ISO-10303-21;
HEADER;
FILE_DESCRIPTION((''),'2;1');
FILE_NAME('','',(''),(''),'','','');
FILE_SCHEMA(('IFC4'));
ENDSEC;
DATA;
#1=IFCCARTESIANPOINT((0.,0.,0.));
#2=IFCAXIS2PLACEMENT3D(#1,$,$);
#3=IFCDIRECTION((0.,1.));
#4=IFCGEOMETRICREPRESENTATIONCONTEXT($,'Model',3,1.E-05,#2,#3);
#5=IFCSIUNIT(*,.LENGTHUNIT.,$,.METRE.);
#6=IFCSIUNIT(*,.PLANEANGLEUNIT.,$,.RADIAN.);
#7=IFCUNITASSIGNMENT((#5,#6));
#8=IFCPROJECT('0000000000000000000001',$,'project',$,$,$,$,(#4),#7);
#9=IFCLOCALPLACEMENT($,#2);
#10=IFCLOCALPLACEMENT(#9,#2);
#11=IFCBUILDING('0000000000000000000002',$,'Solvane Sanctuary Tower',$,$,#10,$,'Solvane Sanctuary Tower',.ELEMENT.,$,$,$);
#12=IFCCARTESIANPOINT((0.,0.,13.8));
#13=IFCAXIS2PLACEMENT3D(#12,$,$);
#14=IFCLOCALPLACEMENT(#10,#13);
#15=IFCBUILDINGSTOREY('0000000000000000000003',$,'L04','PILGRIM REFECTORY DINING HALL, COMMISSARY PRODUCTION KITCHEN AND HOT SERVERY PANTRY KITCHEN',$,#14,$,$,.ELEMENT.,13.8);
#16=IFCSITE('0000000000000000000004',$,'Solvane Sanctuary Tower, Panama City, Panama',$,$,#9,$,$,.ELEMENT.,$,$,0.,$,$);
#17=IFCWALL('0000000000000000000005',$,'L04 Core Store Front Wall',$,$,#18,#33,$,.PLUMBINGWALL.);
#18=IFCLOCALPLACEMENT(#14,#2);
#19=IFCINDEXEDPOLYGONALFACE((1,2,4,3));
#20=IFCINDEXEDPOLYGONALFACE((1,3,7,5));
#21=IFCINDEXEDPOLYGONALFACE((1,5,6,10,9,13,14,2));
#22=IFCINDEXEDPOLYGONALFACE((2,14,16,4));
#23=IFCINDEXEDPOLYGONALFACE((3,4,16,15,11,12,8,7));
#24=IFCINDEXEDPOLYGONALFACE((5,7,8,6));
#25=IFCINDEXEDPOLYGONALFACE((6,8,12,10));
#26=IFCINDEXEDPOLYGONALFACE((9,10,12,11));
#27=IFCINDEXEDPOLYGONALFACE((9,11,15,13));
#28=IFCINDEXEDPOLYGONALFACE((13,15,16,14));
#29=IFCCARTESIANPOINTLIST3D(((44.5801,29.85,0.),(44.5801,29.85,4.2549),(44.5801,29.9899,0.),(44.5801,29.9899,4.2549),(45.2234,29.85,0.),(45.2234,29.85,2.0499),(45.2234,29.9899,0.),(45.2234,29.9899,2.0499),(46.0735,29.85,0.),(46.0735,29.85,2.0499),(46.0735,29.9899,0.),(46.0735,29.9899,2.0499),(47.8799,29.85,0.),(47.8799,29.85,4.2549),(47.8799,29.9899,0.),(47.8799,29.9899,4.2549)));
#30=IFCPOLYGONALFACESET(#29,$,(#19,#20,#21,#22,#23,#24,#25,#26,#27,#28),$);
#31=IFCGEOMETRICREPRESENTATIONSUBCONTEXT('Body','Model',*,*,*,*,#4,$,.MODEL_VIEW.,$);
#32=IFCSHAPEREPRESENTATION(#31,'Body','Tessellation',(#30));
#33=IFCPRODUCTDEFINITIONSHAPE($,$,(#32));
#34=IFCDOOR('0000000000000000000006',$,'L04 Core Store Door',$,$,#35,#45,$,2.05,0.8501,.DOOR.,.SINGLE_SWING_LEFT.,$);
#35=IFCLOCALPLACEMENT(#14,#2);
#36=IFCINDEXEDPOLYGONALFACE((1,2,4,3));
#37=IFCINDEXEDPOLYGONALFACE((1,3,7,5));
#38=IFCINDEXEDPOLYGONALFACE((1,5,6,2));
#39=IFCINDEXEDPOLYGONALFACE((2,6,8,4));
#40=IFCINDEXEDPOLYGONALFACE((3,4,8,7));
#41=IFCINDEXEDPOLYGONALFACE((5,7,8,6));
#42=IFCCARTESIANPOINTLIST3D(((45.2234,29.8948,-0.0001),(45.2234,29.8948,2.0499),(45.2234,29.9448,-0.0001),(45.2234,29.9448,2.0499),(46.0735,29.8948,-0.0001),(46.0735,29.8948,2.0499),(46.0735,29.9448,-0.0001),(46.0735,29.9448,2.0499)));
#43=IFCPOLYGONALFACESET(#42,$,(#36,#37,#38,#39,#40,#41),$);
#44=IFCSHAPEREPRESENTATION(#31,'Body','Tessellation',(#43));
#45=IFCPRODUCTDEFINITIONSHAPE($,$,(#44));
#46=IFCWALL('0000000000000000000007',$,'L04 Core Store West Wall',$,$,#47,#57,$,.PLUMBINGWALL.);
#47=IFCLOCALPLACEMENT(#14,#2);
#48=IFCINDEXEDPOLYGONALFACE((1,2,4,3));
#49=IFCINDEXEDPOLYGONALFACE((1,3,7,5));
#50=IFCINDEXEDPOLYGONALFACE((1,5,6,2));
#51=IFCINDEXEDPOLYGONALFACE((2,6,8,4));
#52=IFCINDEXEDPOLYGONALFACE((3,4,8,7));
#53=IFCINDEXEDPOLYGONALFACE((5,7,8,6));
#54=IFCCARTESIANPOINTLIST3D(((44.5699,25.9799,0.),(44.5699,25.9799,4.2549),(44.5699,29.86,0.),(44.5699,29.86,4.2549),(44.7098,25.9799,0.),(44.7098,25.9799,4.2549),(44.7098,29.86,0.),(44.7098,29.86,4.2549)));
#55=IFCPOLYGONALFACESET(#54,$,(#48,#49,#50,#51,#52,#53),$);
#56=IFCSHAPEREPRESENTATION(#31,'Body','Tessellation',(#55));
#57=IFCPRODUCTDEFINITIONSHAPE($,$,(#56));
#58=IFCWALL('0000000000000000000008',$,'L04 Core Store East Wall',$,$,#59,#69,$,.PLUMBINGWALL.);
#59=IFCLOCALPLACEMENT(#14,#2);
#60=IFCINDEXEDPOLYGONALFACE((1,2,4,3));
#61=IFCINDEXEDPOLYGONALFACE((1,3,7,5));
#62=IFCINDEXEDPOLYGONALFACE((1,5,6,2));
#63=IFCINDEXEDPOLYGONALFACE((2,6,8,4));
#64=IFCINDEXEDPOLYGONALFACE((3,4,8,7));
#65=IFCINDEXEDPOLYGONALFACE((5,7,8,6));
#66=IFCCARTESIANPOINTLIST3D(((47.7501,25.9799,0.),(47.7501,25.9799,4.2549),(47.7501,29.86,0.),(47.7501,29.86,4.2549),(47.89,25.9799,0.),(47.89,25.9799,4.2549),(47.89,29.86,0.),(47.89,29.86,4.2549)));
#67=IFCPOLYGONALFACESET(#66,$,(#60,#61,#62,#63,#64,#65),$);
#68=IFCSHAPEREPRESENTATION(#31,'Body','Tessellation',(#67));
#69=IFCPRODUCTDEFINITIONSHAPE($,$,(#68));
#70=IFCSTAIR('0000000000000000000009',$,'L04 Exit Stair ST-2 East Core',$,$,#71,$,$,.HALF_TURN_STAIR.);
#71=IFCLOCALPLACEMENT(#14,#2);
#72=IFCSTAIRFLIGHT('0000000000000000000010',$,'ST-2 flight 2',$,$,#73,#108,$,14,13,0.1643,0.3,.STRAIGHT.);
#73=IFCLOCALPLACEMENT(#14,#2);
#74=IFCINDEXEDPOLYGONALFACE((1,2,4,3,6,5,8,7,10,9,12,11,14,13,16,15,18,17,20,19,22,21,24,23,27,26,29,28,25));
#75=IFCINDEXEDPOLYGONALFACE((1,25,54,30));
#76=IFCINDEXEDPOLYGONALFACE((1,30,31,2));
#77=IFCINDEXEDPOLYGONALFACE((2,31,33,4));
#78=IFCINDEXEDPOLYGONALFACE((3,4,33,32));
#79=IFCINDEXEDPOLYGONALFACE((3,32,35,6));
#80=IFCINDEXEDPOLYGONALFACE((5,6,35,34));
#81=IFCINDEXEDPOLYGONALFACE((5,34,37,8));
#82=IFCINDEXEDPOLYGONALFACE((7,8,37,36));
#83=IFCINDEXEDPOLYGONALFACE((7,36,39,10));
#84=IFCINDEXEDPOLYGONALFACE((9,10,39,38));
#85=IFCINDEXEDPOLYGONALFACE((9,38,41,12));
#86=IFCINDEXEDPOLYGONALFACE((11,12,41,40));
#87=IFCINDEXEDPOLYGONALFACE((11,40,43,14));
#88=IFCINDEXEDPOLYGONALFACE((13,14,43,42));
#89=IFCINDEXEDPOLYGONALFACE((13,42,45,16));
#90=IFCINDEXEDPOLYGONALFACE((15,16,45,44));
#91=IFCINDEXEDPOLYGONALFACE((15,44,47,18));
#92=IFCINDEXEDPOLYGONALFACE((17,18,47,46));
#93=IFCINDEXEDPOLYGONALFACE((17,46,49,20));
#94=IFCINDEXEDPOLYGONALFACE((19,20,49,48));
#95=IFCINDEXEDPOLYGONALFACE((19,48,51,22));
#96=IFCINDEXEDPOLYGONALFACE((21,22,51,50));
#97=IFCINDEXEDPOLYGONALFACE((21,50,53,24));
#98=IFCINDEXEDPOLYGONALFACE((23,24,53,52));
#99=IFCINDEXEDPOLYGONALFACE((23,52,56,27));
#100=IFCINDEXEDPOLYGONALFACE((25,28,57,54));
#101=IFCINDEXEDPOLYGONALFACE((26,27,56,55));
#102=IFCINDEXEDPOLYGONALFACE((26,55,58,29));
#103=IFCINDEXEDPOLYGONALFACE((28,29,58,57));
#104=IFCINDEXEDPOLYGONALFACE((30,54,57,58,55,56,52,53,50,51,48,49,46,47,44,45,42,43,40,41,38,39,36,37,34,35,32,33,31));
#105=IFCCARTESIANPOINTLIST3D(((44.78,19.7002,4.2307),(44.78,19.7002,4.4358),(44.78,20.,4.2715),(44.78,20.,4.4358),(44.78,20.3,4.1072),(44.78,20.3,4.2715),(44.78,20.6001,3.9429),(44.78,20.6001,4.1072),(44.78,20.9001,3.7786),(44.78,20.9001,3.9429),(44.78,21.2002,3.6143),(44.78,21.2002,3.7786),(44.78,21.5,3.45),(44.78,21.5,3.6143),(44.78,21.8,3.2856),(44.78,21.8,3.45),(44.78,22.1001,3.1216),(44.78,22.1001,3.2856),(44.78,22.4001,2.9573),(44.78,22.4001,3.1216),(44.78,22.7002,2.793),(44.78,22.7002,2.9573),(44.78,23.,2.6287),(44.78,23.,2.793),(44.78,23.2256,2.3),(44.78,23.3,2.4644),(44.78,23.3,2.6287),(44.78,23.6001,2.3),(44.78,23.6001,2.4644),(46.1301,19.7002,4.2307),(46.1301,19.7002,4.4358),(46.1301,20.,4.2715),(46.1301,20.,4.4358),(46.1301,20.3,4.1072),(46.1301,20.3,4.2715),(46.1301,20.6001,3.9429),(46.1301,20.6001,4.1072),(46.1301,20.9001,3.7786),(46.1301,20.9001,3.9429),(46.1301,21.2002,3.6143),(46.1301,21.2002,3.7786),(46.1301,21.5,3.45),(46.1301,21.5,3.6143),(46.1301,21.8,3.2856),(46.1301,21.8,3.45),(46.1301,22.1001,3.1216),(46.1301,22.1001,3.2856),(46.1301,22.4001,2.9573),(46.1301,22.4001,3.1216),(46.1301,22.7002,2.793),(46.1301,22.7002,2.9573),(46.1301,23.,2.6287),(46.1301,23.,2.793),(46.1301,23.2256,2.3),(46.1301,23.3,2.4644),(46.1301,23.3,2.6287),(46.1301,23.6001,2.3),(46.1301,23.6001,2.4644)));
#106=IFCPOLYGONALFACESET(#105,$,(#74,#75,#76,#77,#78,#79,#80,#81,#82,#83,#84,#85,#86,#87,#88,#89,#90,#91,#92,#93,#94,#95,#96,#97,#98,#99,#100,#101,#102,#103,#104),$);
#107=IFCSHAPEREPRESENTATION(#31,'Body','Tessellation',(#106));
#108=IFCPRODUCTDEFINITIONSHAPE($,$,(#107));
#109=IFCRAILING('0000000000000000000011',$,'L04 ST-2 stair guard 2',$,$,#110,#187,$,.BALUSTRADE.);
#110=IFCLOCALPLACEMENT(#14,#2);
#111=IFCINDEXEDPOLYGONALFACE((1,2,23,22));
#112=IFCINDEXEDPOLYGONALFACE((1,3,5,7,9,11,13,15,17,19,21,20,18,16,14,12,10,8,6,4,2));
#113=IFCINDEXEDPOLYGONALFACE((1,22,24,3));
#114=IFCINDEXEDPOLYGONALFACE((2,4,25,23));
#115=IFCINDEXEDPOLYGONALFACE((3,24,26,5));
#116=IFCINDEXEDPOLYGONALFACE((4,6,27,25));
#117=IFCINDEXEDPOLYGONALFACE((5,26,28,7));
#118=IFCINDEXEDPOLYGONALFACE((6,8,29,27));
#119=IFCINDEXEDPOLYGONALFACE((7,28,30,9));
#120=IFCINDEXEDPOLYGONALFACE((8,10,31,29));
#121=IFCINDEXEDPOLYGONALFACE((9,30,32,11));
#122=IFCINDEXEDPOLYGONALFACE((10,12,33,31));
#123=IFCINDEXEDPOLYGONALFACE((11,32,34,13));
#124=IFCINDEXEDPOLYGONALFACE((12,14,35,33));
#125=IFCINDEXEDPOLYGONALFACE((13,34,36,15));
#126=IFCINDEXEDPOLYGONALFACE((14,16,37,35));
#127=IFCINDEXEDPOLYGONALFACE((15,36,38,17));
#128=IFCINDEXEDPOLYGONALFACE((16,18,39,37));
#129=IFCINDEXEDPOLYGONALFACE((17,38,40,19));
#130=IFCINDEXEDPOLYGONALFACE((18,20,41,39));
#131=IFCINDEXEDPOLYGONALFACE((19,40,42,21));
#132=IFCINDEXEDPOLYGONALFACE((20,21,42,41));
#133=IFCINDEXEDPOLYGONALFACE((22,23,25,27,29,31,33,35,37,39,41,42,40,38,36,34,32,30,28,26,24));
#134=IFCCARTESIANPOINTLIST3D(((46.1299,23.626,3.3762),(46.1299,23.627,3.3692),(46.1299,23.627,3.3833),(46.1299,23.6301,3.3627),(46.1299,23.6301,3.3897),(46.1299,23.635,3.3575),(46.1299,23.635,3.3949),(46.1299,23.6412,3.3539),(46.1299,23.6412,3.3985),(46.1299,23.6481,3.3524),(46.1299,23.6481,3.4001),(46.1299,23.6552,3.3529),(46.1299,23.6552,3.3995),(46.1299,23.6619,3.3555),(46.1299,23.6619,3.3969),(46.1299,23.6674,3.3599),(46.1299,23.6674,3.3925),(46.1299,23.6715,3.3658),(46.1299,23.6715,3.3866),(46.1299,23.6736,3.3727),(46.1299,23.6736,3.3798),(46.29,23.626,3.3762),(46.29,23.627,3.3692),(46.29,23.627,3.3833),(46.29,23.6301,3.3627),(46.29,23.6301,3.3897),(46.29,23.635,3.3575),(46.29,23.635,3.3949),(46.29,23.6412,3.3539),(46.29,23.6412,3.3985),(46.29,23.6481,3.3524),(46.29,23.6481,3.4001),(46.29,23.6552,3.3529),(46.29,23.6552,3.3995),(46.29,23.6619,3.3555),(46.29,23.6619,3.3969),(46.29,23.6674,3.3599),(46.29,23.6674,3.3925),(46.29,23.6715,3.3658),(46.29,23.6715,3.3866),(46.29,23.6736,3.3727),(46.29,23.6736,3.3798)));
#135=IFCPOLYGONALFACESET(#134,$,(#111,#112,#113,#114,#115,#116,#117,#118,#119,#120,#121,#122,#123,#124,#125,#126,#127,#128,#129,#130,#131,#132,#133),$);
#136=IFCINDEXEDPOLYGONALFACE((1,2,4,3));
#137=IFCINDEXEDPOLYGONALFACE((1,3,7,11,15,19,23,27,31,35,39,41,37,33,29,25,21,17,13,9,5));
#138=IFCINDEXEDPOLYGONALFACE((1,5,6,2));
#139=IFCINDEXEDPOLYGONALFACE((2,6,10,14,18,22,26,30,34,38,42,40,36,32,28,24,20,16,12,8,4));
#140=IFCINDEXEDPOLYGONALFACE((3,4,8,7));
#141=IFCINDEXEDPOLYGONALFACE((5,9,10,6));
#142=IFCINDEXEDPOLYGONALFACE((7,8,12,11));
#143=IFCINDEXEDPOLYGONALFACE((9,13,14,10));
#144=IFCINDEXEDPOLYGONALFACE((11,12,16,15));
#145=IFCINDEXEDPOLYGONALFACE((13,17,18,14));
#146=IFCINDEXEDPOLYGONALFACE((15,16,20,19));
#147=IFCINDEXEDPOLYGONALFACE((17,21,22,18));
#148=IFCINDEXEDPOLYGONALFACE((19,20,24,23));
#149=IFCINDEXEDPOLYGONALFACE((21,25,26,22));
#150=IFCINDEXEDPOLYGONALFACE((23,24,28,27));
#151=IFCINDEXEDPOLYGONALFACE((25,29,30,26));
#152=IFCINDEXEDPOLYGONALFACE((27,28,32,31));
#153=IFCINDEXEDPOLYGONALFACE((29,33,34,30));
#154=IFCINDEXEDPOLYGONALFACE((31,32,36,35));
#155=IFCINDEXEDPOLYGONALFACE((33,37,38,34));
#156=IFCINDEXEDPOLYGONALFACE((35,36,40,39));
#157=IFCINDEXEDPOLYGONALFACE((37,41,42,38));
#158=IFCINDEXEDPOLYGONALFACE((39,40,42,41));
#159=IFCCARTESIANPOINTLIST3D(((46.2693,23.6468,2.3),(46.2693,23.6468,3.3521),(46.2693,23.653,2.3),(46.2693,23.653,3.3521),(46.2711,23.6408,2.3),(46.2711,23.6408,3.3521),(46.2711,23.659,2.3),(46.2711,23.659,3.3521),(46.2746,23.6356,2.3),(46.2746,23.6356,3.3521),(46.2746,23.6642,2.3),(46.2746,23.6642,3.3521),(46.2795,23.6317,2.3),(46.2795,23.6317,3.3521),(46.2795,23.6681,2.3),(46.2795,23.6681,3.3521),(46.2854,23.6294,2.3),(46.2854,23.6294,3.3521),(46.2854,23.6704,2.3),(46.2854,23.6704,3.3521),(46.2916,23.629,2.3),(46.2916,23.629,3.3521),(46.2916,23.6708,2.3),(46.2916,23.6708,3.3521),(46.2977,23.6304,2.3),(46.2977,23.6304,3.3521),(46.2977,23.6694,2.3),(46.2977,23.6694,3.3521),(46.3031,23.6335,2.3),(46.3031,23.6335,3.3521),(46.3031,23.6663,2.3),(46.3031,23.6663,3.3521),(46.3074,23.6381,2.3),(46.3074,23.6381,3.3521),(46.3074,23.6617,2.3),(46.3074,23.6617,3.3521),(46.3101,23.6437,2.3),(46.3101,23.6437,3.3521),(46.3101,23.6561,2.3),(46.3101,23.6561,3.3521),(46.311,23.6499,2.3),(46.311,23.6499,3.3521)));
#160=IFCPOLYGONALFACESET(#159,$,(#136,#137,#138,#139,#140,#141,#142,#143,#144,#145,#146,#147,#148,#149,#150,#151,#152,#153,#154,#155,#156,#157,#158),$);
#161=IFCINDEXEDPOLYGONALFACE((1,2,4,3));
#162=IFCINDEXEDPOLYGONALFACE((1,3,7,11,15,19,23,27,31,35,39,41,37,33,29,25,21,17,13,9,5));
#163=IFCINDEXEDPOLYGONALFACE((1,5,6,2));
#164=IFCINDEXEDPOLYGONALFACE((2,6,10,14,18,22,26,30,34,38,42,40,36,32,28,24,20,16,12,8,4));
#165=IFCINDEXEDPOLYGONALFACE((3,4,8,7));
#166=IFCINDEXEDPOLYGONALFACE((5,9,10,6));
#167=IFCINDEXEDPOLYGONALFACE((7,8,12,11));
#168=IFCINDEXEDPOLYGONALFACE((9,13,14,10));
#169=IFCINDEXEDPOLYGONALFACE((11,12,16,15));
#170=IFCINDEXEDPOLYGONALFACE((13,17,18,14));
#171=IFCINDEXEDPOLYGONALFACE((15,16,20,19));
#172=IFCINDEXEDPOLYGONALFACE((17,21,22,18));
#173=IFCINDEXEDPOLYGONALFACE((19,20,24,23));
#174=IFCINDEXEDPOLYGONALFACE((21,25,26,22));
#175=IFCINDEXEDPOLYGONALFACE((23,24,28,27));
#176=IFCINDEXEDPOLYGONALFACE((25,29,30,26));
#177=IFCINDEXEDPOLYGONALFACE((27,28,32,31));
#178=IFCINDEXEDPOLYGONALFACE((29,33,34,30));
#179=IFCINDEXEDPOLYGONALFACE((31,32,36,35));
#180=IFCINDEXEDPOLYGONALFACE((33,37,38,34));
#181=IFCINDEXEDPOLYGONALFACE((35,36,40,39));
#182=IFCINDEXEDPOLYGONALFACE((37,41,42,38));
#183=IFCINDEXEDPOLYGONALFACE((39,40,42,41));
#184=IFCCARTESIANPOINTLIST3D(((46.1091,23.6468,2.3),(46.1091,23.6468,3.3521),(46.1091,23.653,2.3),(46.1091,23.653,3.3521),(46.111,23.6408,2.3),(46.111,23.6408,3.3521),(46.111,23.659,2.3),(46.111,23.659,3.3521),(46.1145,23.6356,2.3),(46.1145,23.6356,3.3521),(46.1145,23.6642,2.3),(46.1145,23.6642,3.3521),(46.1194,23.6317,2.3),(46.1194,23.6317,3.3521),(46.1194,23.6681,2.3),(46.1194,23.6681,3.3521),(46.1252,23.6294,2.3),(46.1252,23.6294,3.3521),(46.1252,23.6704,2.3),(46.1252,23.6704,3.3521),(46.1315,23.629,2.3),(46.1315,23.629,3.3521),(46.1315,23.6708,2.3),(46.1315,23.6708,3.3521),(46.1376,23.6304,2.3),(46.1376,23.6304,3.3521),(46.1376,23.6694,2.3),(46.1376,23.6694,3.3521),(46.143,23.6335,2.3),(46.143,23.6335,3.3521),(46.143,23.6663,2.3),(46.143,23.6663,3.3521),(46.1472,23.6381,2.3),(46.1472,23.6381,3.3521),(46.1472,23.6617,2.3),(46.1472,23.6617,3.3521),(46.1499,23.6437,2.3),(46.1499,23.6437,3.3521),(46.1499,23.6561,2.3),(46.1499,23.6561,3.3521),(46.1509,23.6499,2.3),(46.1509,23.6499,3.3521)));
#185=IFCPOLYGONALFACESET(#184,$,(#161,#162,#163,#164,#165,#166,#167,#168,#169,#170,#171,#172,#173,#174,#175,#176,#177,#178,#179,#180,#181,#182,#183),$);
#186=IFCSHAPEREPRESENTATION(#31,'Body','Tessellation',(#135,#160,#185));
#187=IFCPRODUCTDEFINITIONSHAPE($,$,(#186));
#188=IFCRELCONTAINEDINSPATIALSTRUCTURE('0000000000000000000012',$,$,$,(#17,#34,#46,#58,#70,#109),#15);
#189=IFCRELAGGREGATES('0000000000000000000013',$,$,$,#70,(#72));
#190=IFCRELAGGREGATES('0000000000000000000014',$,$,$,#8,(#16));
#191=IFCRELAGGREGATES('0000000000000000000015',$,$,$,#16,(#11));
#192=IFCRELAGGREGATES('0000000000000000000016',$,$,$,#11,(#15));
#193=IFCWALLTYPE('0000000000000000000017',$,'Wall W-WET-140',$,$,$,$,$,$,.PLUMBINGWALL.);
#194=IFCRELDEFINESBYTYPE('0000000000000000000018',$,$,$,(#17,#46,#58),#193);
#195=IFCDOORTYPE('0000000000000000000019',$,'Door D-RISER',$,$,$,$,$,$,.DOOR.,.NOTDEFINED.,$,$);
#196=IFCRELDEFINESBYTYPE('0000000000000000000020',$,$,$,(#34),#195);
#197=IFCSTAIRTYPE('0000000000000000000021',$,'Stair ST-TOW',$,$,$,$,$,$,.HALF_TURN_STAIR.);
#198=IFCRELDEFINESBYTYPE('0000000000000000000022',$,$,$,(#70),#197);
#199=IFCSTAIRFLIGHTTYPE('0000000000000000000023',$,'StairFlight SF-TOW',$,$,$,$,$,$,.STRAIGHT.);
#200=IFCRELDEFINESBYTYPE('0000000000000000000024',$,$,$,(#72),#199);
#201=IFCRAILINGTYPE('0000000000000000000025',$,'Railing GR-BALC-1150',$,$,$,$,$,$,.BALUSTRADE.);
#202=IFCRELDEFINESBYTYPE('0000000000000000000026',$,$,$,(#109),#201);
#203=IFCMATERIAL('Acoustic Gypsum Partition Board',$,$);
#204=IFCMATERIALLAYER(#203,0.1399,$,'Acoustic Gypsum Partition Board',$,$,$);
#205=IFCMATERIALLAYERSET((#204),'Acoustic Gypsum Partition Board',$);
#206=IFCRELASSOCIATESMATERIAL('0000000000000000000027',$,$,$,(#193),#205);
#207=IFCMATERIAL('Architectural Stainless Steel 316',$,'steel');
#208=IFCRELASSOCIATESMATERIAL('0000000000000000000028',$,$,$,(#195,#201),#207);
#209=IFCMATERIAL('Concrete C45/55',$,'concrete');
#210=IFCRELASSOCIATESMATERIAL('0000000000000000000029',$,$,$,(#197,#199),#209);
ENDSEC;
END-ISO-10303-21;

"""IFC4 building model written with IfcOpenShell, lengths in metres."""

from ifc_helpers import new_model, si_unit, direction, frame, frame_2d, origin, origin_2d, place, context, subcontext, project, spatial, polyline, rectangle, circle, outline, extrude, material, layer, layer_set, type_object, element, fill, aggregate, save


model = new_model("IFC4")

# Units and contexts
model_context = context("Model", 3, precision=1e-05, world=origin(), true_north=direction((0.0, 1.0)))
body_context = subcontext(model_context, "Body", "Model", "MODEL_VIEW")
ifc_project = project(units=[si_unit("LENGTHUNIT", "METRE"), si_unit("PLANEANGLEUNIT", "RADIAN")], contexts=[model_context])

# Site, building, storey
site_placement = place(None, origin())
site = spatial("IfcSite", under=ifc_project, at=site_placement, Name="Solvane Sanctuary Tower, Panama City, Panama", CompositionType="ELEMENT", RefElevation=0.0)
building_placement = place(site_placement, origin())
building = spatial("IfcBuilding", under=site, at=building_placement, Name="Solvane Sanctuary Tower", LongName="Solvane Sanctuary Tower", CompositionType="ELEMENT")
storey_placement = place(building_placement, frame((0.0, 0.0, 13.8)))
storey = spatial("IfcBuildingStorey", under=building, at=storey_placement, Name="L04", Description="PILGRIM REFECTORY DINING HALL, COMMISSARY PRODUCTION KITCHEN AND HOT SERVERY PANTRY KITCHEN", CompositionType="ELEMENT", Elevation=13.8)

# Shared definitions
ifc_material_1 = material(Name="Acoustic Gypsum Partition Board")

# Shared definitions
ifc_material_2 = material(Name="Architectural Stainless Steel 316", Category="steel")

# Wall, opening, door
ifc_layer_1 = layer(ifc_material_1, 0.1399, Name="Acoustic Gypsum Partition Board")
ifc_layer_set_1 = layer_set([ifc_layer_1], Name="Acoustic Gypsum Partition Board")
wall_type_1 = type_object("IfcWallType", Name="Wall W-WET-140", PredefinedType="PLUMBINGWALL", material=ifc_layer_set_1)
wall_1_placement = place(storey_placement, frame((44.5801, 29.9199, 0.0), z_axis=(0.0, 0.0, 1.0), x_axis=(1.0, 0.0, 0.0)))
wall_1 = element("IfcWall", 1, at=wall_1_placement, inside=storey, type_object=wall_type_1, Name="L04 Core Store Front Wall", PredefinedType="PLUMBINGWALL", context=body_context, shape_type="SweptSolid", body=[
    extrude(rectangle(XDim=3.2998, YDim=0.1399, at=frame_2d((1.6499, 0.0))), origin(), (0.0, 0.0, 1.0), 4.2549),
])
opening_1_placement = place(wall_1_placement, frame((0.6433, 0.0, 0.0)))
opening_1 = element("IfcOpeningElement", 2, at=opening_1_placement, cuts=wall_1, PredefinedType="OPENING", context=body_context, shape_type="SweptSolid", body=[
    extrude(rectangle(XDim=0.8501, YDim=2.05, at=frame_2d((0.425, 1.0249))), frame((0.0, 0.0798, 0.0), z_axis=(0.0, -1.0, 0.0), x_axis=(1.0, 0.0, 0.0)), (0.0, 0.0, 1.0), 0.1599),
])
door_type_1 = type_object("IfcDoorType", Name="Door D-RISER", OperationType="NOTDEFINED", PredefinedType="DOOR", material=ifc_material_2)
door_1_placement = place(opening_1_placement, origin())
door_1 = element("IfcDoor", 3, at=door_1_placement, inside=storey, type_object=door_type_1, Name="L04 Core Store Door", OperationType="SINGLE_SWING_LEFT", OverallHeight=2.05, OverallWidth=0.8501, PredefinedType="DOOR", context=body_context, shape_type="SweptSolid", body=[
    extrude(rectangle(XDim=0.8501, YDim=2.05, at=frame_2d((0.425, 1.0249))), frame((0.0, 0.0249, 0.0), z_axis=(0.0, -1.0, 0.0), x_axis=(1.0, 0.0, 0.0)), (0.0, 0.0, 1.0), 0.05),
])
fill(opening_1, door_1)

# Walls
for number, where, z_axis, x_axis, name in (
    (4, (44.6399, 25.98, 0.0), (0.0, 0.0, 1.0), (0.0, 1.0, 0.0), "L04 Core Store West Wall"),
    (5, (47.8201, 25.98, 0.0), (0.0, 0.0, 1.0), (0.0, 1.0, 0.0), "L04 Core Store East Wall"),
):
    element("IfcWall", number, at=place(storey_placement, frame(where, z_axis=z_axis, x_axis=x_axis)), inside=storey, type_object=wall_type_1, Name=name, PredefinedType="PLUMBINGWALL", context=body_context, shape_type="SweptSolid", body=[
        extrude(rectangle(XDim=3.8801, YDim=0.1399, at=frame_2d((1.9399, 0.0))), origin(), (0.0, 0.0, 1.0), 4.2549),
    ])

# Stair, stair flight
ifc_material_3 = material(Name="Concrete C45/55", Category="concrete")
stair_type = type_object("IfcStairType", Name="Stair ST-TOW", PredefinedType="HALF_TURN_STAIR", material=ifc_material_3)
stair_placement = place(storey_placement, origin())
stair = element("IfcStair", 6, at=stair_placement, inside=storey, type_object=stair_type, Name="L04 Exit Stair ST-2 East Core", PredefinedType="HALF_TURN_STAIR")
stair_flight_type = type_object("IfcStairFlightType", Name="StairFlight SF-TOW", PredefinedType="STRAIGHT", material=ifc_material_3)
stair_flight_placement = place(storey_placement, frame((45.4551, 23.6001, 2.3), z_axis=(0.0, 0.0, 1.0), x_axis=(0.0, -1.0, 0.0)))
stair_flight = element("IfcStairFlight", 7, at=stair_flight_placement, type_object=stair_flight_type, Name="ST-2 flight 2", NumberOfRisers=14, NumberOfTreads=13, PredefinedType="STRAIGHT", RiserHeight=0.1643, TreadLength=0.3, context=body_context, shape_type="SweptSolid", body=[
    extrude(outline(polyline([(0.0, 0.0), (0.0, 0.1643), (0.3, 0.1643), (0.3, 0.3286), (0.6001, 0.3286), (0.6001, 0.4929), (0.8999, 0.4929), (0.8999, 0.6572), (1.2, 0.6572), (1.2, 0.8215), (1.5, 0.8215), (1.5, 0.9856), (1.8, 0.9856), (1.8, 1.1499), (2.1001, 1.1499), (2.1001, 1.3142), (2.3999, 1.3142), (2.3999, 1.4785), (2.7, 1.4785), (2.7, 1.6428), (3.0, 1.6428), (3.0, 1.8071), (3.3, 1.8071), (3.3, 1.9714), (3.6001, 1.9714), (3.6001, 2.1357), (3.8999, 2.1357), (3.8999, 2.3), (3.8999, 1.9307), (0.3745, 0.0), (0.0, 0.0)])), frame((0.0, 0.675, 0.0), z_axis=(0.0, -1.0, 0.0), x_axis=(1.0, 0.0, 0.0)), (0.0, 0.0, 1.0), 1.3501),
])
aggregate(stair, [stair_flight])

# Railing
railing_type_1 = type_object("IfcRailingType", Name="Railing GR-BALC-1150", PredefinedType="BALUSTRADE", material=ifc_material_2)
railing_1_placement = place(storey_placement, frame((46.29, 23.6499, 2.3)))
element("IfcRailing", 8, at=railing_1_placement, inside=storey, type_object=railing_type_1, Name="L04 ST-2 stair guard 2", PredefinedType="BALUSTRADE", context=body_context, shape_type="SweptSolid", body=[
    extrude(circle(Radius=0.0239, at=origin_2d()), frame((0.0, 0.0, 1.0762), z_axis=(-1.0, 0.0, 0.0), x_axis=(0.0, -1.0, 0.0)), (0.0, 0.0, 1.0), 0.1602),
    extrude(circle(Radius=0.021, at=origin_2d()), origin(), (0.0, 0.0, 1.0), 1.052),
    extrude(circle(Radius=0.021, at=origin_2d()), frame((-0.1602, 0.0, 0.0)), (0.0, 0.0, 1.0), 1.052),
])

save(model, "model.ifc")
